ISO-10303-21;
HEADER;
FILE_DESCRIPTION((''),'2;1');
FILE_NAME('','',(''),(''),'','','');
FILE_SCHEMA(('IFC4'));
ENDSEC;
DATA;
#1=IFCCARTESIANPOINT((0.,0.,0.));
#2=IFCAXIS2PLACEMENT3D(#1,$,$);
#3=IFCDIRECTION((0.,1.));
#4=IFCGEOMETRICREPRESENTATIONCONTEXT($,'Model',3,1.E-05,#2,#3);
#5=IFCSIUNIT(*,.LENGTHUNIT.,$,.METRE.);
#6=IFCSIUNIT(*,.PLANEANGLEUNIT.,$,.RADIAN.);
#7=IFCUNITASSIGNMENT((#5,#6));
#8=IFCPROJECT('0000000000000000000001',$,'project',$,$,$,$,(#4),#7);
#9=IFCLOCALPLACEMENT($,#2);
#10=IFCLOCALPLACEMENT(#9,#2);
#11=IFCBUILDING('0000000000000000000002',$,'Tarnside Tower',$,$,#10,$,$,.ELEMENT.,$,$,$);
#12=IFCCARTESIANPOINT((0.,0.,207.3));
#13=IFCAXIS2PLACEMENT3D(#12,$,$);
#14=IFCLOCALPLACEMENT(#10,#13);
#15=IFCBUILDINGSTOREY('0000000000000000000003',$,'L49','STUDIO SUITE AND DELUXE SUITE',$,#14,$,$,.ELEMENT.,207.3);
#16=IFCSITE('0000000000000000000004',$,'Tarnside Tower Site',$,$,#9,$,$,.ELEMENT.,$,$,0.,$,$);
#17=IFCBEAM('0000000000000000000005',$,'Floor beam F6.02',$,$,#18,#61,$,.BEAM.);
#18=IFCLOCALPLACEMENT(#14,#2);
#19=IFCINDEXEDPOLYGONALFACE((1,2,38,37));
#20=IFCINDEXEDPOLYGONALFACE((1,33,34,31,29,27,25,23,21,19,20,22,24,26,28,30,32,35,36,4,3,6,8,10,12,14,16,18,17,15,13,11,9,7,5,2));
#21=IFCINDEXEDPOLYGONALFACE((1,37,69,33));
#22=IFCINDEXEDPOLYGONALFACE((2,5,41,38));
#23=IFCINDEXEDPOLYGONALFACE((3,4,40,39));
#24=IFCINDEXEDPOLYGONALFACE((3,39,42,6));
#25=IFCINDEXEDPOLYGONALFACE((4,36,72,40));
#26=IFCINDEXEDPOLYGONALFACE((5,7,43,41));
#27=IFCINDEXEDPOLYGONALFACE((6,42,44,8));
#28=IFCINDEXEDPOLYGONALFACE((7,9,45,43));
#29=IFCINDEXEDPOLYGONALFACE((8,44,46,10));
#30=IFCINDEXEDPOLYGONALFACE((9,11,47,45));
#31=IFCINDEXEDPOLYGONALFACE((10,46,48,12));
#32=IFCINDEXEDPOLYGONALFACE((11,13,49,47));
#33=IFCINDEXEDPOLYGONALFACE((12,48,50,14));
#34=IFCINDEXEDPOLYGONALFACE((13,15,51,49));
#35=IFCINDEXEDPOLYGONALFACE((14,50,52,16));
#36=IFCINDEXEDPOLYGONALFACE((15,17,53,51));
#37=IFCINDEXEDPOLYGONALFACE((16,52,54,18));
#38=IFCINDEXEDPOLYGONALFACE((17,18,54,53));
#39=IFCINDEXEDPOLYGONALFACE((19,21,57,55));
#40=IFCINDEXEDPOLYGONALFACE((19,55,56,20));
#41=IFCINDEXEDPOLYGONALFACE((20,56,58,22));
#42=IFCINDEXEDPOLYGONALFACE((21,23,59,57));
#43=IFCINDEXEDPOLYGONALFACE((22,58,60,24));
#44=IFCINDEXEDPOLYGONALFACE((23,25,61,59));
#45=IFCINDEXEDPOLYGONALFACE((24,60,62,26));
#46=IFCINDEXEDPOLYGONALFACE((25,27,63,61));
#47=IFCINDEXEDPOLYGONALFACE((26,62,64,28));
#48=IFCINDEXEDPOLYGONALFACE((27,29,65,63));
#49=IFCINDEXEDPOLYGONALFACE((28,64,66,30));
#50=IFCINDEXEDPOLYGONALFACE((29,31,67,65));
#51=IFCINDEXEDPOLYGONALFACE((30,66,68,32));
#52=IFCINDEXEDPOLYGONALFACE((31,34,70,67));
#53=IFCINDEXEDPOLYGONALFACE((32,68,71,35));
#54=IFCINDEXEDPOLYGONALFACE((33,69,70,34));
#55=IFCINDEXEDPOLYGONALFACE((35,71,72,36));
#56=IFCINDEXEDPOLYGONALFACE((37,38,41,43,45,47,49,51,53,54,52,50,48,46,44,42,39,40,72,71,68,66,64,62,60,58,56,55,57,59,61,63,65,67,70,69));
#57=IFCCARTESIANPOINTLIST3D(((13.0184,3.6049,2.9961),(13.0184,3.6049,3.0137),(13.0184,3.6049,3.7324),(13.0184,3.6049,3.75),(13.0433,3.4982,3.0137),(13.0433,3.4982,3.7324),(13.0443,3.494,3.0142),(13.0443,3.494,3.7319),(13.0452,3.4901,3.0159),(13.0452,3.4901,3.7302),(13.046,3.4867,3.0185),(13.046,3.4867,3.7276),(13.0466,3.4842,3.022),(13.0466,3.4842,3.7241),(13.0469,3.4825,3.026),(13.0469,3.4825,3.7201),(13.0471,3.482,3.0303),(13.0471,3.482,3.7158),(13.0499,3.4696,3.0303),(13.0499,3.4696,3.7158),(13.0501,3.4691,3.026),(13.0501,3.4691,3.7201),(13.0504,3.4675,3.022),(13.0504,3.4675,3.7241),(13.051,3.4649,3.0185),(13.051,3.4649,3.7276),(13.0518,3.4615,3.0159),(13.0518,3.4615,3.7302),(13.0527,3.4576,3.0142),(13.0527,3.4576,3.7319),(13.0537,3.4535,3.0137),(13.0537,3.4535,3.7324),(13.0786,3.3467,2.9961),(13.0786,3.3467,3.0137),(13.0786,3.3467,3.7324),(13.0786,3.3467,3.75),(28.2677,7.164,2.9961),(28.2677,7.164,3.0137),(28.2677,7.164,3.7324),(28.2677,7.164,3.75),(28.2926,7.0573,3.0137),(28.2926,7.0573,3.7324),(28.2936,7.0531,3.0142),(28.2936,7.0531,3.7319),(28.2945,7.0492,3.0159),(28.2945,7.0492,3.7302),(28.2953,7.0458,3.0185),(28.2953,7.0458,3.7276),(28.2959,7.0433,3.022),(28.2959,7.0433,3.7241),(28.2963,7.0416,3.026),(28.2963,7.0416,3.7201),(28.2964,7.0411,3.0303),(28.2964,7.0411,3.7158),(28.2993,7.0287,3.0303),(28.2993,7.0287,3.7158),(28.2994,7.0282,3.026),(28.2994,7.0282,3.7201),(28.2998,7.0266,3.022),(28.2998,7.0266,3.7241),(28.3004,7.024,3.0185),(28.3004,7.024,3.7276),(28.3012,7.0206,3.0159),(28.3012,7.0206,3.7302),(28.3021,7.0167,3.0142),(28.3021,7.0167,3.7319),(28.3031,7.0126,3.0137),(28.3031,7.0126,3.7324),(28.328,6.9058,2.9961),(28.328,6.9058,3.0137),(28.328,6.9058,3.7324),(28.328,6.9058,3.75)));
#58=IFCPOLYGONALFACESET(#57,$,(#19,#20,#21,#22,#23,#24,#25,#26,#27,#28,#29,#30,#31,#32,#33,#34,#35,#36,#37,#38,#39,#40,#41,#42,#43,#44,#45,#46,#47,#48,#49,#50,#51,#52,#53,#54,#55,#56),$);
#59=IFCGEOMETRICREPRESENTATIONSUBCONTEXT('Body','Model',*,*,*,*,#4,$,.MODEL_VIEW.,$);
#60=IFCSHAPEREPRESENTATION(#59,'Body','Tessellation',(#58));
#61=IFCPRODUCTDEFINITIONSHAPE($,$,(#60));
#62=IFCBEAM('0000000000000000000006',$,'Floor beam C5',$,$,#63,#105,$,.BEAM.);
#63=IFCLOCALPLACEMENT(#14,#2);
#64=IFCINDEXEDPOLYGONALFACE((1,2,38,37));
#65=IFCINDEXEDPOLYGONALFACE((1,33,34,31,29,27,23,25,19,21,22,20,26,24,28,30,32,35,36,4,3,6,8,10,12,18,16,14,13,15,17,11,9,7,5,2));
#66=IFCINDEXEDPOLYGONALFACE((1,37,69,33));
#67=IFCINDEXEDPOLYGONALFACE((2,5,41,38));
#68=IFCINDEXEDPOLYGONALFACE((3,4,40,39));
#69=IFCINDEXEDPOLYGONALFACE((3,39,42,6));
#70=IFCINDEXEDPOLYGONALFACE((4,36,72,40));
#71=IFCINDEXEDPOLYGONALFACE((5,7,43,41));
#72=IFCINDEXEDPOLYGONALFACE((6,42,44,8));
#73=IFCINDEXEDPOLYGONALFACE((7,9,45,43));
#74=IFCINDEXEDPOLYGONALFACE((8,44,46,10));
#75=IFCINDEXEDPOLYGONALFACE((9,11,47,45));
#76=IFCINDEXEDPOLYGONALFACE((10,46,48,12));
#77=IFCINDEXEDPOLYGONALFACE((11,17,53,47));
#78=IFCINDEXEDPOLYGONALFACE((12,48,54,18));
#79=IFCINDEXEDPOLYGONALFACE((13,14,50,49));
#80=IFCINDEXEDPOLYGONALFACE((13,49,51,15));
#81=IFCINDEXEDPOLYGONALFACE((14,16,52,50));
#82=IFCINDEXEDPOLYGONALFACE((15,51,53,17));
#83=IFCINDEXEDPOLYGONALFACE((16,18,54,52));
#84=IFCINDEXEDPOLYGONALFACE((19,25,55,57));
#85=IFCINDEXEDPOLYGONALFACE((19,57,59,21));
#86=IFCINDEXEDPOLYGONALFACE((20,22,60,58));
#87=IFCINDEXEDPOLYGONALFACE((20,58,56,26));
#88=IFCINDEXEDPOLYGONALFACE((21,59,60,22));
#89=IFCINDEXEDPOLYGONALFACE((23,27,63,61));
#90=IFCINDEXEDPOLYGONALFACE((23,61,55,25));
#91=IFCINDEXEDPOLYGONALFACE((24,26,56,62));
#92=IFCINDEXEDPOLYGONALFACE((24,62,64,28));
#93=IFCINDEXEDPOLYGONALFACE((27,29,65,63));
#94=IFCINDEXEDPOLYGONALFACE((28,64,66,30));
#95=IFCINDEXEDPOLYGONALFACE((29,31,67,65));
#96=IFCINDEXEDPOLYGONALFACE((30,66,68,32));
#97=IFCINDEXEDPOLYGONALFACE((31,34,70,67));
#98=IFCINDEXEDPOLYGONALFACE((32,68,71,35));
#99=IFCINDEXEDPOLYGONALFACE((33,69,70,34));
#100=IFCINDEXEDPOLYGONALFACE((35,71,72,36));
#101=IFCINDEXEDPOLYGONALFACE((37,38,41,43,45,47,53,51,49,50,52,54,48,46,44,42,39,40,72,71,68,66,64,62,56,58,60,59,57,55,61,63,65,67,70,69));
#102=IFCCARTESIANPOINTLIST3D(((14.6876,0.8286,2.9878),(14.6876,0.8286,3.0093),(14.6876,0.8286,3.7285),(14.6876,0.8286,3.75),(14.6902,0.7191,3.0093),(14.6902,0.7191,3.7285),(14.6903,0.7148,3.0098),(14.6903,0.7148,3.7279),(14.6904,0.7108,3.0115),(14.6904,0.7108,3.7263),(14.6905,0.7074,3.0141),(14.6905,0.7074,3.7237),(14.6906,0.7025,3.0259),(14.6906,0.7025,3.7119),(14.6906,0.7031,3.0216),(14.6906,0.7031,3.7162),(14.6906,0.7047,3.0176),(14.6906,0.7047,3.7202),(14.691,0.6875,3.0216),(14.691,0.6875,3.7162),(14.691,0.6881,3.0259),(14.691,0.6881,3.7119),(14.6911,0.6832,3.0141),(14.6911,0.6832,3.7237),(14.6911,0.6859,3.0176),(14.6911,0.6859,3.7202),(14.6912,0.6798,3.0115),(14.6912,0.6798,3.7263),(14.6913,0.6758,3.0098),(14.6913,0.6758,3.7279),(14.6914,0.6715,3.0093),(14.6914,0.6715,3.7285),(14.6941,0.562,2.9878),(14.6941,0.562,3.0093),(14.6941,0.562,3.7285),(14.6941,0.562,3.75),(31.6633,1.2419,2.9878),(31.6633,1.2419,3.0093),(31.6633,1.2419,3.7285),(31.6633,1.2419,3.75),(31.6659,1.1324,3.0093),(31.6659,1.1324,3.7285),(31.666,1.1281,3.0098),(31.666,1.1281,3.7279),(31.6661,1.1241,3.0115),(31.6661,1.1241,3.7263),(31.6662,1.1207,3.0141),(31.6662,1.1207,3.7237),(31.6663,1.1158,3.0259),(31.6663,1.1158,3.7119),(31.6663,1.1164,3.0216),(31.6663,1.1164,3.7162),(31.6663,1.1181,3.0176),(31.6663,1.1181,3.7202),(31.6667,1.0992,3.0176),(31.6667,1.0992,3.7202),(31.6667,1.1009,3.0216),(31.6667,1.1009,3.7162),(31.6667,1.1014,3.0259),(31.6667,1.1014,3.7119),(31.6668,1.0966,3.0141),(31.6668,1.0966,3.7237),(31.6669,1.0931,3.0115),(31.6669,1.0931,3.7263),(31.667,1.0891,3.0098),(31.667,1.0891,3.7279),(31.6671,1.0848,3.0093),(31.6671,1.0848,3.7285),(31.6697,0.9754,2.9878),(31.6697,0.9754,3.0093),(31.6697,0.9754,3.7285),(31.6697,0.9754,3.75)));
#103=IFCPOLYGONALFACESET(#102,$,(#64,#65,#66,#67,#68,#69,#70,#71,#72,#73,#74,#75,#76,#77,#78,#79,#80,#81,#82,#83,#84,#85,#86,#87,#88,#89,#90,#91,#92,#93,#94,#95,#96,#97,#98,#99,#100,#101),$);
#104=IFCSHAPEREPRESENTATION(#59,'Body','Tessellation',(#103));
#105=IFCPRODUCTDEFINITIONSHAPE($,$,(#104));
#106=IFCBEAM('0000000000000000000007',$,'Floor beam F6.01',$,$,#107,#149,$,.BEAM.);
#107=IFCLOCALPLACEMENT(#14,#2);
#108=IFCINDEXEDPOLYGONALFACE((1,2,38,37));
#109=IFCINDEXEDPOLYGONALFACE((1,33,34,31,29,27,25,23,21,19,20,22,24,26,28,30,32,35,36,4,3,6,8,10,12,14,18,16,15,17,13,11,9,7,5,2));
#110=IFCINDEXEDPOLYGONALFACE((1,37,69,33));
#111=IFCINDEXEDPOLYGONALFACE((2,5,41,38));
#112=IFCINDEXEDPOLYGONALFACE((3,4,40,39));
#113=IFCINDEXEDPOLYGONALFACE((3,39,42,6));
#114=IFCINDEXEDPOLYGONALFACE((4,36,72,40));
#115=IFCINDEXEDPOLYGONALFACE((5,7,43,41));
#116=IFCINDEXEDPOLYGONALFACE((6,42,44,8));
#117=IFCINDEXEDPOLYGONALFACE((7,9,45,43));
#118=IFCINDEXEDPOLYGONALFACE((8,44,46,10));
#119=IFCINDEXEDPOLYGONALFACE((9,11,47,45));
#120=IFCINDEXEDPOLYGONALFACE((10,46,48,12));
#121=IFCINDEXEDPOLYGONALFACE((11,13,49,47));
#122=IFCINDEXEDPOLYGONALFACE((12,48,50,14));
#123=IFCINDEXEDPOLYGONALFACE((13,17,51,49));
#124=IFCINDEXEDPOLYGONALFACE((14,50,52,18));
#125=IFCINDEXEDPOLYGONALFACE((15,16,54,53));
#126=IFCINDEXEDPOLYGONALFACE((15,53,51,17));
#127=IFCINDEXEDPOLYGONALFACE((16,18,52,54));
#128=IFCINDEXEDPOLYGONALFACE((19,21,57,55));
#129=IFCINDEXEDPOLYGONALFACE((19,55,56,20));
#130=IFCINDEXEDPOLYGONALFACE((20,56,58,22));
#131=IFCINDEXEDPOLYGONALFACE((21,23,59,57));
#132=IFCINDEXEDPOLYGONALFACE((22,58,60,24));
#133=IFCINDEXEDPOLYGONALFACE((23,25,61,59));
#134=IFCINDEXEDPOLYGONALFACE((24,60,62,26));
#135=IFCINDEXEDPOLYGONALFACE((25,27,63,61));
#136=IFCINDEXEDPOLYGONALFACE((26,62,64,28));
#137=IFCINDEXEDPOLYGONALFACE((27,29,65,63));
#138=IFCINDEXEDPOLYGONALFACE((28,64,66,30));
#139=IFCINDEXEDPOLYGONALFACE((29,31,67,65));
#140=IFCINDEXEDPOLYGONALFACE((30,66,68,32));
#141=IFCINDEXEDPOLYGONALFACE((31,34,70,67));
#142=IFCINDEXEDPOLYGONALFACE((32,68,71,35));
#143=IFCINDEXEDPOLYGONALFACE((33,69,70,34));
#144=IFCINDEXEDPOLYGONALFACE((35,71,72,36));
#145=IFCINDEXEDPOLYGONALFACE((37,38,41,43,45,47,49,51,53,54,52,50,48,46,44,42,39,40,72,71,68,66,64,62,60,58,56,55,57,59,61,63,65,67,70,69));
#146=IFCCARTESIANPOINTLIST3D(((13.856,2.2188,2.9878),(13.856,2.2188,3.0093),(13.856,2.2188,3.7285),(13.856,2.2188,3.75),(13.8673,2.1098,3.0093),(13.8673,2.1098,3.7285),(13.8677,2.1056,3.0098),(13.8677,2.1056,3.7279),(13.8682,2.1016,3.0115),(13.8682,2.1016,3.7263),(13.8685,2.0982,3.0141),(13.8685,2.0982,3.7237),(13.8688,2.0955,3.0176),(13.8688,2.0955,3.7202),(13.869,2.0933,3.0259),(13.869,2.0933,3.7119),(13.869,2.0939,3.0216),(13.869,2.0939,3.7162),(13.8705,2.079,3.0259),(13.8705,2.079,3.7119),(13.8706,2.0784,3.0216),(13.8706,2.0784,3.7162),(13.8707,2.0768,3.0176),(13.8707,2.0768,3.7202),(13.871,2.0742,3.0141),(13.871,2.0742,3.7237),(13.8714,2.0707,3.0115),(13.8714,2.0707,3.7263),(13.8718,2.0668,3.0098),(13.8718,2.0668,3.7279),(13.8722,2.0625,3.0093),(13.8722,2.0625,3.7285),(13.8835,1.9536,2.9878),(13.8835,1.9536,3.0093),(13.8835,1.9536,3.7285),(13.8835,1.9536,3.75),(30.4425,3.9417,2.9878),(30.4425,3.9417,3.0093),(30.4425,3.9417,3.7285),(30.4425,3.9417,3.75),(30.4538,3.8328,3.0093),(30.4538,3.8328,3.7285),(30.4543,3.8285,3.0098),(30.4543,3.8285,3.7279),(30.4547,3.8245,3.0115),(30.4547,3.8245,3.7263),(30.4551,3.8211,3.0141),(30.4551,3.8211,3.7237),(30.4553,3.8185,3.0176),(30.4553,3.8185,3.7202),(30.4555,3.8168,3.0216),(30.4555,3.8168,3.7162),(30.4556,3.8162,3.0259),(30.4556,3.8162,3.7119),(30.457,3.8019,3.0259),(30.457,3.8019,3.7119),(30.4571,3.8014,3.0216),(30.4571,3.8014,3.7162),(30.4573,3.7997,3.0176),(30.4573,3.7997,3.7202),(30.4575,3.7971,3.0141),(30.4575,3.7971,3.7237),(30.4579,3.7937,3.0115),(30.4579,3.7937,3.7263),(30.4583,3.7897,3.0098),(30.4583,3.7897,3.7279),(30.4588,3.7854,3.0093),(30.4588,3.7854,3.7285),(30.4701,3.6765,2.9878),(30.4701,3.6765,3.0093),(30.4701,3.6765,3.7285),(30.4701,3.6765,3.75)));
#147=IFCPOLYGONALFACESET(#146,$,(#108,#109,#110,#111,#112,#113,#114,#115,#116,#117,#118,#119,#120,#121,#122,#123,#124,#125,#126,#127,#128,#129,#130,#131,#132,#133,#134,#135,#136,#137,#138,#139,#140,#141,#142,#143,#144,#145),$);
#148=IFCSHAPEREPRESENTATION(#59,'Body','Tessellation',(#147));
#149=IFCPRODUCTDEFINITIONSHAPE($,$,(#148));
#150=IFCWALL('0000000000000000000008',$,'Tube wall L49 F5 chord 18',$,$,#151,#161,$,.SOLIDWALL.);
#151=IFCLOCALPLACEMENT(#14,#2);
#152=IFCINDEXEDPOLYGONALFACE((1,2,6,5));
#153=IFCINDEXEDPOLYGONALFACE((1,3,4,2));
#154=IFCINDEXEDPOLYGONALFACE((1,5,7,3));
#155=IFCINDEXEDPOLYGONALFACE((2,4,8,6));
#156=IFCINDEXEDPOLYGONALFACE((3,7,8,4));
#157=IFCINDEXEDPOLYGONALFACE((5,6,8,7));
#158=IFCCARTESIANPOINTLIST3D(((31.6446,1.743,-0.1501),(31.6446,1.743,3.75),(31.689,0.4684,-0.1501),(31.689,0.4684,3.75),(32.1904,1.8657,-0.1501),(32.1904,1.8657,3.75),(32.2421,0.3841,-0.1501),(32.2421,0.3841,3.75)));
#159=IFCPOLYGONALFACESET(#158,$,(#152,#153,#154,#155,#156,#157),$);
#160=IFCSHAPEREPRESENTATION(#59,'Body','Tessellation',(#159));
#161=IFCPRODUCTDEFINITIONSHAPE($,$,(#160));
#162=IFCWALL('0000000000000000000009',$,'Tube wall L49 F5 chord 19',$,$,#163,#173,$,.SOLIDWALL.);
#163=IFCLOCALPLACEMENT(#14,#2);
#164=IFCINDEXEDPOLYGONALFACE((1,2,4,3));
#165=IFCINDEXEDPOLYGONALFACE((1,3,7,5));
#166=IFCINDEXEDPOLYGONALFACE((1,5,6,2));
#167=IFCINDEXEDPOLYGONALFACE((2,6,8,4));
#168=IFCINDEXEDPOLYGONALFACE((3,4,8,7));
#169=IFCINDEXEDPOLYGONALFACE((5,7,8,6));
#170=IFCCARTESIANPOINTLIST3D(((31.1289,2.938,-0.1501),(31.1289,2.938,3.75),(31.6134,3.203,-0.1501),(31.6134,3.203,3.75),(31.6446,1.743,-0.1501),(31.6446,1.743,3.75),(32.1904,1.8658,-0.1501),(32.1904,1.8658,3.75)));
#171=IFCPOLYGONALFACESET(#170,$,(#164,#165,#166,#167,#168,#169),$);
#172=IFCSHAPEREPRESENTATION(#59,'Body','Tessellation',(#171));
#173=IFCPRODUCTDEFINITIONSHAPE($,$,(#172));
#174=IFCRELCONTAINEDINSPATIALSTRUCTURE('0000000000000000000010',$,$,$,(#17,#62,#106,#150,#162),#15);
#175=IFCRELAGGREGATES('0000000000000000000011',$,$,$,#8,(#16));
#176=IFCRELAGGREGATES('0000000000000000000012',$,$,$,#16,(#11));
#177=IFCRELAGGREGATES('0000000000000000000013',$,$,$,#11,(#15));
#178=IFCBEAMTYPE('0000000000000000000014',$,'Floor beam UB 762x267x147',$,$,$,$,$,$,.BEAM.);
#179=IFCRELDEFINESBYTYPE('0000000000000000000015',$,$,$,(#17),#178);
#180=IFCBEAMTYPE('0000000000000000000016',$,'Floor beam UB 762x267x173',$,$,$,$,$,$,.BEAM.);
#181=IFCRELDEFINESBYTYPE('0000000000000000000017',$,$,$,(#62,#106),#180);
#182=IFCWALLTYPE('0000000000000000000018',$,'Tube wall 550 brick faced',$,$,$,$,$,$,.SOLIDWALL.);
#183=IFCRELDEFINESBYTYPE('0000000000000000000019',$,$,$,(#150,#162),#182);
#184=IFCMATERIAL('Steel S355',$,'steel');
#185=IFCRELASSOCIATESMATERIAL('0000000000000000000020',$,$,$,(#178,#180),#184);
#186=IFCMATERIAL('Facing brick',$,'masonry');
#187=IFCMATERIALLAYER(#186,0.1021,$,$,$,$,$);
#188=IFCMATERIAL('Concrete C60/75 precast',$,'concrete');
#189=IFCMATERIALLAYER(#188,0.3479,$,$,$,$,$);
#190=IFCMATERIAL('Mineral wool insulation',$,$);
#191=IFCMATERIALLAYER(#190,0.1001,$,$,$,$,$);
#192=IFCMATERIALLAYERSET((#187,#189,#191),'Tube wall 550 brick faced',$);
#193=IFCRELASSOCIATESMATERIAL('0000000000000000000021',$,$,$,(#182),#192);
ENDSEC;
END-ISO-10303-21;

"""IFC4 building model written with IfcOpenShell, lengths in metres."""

from ifc_helpers import new_model, si_unit, direction, frame, origin, origin_2d, place, context, subcontext, project, spatial, polyline, i_section, outline, extrude, material, layer, layer_set, material_profile, profile_set, type_object, element, save


model = new_model("IFC4")

# Units and contexts
model_context = context("Model", 3, precision=1e-05, world=origin(), true_north=direction((0.0, 1.0)))
body_context = subcontext(model_context, "Body", "Model", "MODEL_VIEW")
ifc_project = project(units=[si_unit("LENGTHUNIT", "METRE"), si_unit("PLANEANGLEUNIT", "RADIAN")], contexts=[model_context])

# Site, building, storey
site_placement = place(None, origin())
site = spatial("IfcSite", under=ifc_project, at=site_placement, Name="Tarnside Tower Site", CompositionType="ELEMENT", RefElevation=0.0)
building_placement = place(site_placement, origin())
building = spatial("IfcBuilding", under=site, at=building_placement, Name="Tarnside Tower", CompositionType="ELEMENT")
storey_placement = place(building_placement, frame((0.0, 0.0, 207.3)))
storey = spatial("IfcBuildingStorey", under=building, at=storey_placement, Name="L49", Description="STUDIO SUITE AND DELUXE SUITE", CompositionType="ELEMENT", Elevation=207.3)

# Beams
ifc_material_1 = material(Name="Steel S355", Category="steel")
ifc_material_profile_1 = material_profile(ifc_material_1, i_section(OverallWidth=0.2651, OverallDepth=0.7539, WebThickness=0.0127, FlangeThickness=0.0176, FilletRadius=0.0166, at=origin_2d()), Name="UB 762x267x147")
ifc_profile_set_1 = profile_set([ifc_material_profile_1], Name="Steel S355")
beam_type_1 = type_object("IfcBeamType", Name="Floor beam UB 762x267x147", PredefinedType="BEAM", material=ifc_profile_set_1)
beam_1_placement = place(storey_placement, frame((28.2979, 7.0349, 3.373), z_axis=(-0.973828, -0.227285, 0.0), x_axis=(0.227285, -0.973828, 0.0)))
element("IfcBeam", 1, at=beam_1_placement, inside=storey, type_object=beam_type_1, Name="Floor beam F6.02", PredefinedType="BEAM", context=body_context, shape_type="SweptSolid", body=[
    extrude(i_section(OverallWidth=0.2651, OverallDepth=0.7539, WebThickness=0.0127, FlangeThickness=0.0176, FilletRadius=0.0166, at=origin_2d()), origin(), (0.0, 0.0, 1.0), 15.6592),
])
ifc_material_profile_2 = material_profile(ifc_material_1, i_section(OverallWidth=0.2666, OverallDepth=0.7622, WebThickness=0.0144, FlangeThickness=0.0215, FilletRadius=0.0166, at=origin_2d()), Name="UB 762x267x173")
ifc_profile_set_2 = profile_set([ifc_material_profile_2], Name="Steel S355")
beam_type_2 = type_object("IfcBeamType", Name="Floor beam UB 762x267x173", PredefinedType="BEAM", material=ifc_profile_set_2)
beam_2_placement = place(storey_placement, frame((31.6665, 1.1086, 3.3689), z_axis=(-0.999704, -0.024341, 0.0), x_axis=(0.024341, -0.999704, 0.0)))
element("IfcBeam", 2, at=beam_2_placement, inside=storey, type_object=beam_type_2, Name="Floor beam C5", PredefinedType="BEAM", context=body_context, shape_type="SweptSolid", body=[
    extrude(i_section(OverallWidth=0.2666, OverallDepth=0.7622, WebThickness=0.0144, FlangeThickness=0.0215, FilletRadius=0.0166, at=origin_2d()), origin(), (0.0, 0.0, 1.0), 16.9807),
])
beam_3_placement = place(storey_placement, frame((30.4563, 3.8091, 3.3689), z_axis=(-0.994648, -0.103318, 0.0), x_axis=(0.103318, -0.994648, 0.0)))
element("IfcBeam", 3, at=beam_3_placement, inside=storey, type_object=beam_type_2, Name="Floor beam F6.01", PredefinedType="BEAM", context=body_context, shape_type="SweptSolid", body=[
    extrude(i_section(OverallWidth=0.2666, OverallDepth=0.7622, WebThickness=0.0144, FlangeThickness=0.0215, FilletRadius=0.0166, at=origin_2d()), origin(), (0.0, 0.0, 1.0), 16.6758),
])

# Walls
ifc_material_2 = material(Name="Facing brick", Category="masonry")
ifc_layer_1 = layer(ifc_material_2, 0.1021)
ifc_material_3 = material(Name="Concrete C60/75 precast", Category="concrete")
ifc_layer_2 = layer(ifc_material_3, 0.3479)
ifc_material_4 = material(Name="Mineral wool insulation")
ifc_layer_3 = layer(ifc_material_4, 0.1001)
ifc_layer_set_1 = layer_set([ifc_layer_1, ifc_layer_2, ifc_layer_3], Name="Tube wall 550 brick faced")
wall_type = type_object("IfcWallType", Name="Tube wall 550 brick faced", PredefinedType="SOLIDWALL", material=ifc_layer_set_1)
wall_1_placement = place(storey_placement, frame((31.9656, 0.4263, -0.1501), z_axis=(0.0, 0.0, 1.0), x_axis=(-0.034877, 0.999392, 0.0)))
element("IfcWall", 4, at=wall_1_placement, inside=storey, type_object=wall_type, Name="Tube wall L49 F5 chord 18", PredefinedType="SOLIDWALL", context=body_context, shape_type="SweptSolid", body=[
    extrude(outline(polyline([(-0.0518, -0.2749), (1.4307, -0.2749), (1.3271, 0.2749), (0.0518, 0.2749), (-0.0518, -0.2749)])), origin(), (0.0, 0.0, 1.0), 3.9001),
])
wall_2_placement = place(storey_placement, frame((31.9175, 1.8044, -0.1501), z_axis=(0.0, 0.0, 1.0), x_axis=(-0.396226, 0.918153, 0.0)))
element("IfcWall", 5, at=wall_2_placement, inside=storey, type_object=wall_type, Name="Tube wall L49 F5 chord 19", PredefinedType="SOLIDWALL", context=body_context, shape_type="SweptSolid", body=[
    extrude(outline(polyline([(-0.0518, -0.2749), (1.4045, -0.2749), (1.3533, 0.2749), (0.0518, 0.2749), (-0.0518, -0.2749)])), origin(), (0.0, 0.0, 1.0), 3.9001),
])

save(model, "model.ifc")
